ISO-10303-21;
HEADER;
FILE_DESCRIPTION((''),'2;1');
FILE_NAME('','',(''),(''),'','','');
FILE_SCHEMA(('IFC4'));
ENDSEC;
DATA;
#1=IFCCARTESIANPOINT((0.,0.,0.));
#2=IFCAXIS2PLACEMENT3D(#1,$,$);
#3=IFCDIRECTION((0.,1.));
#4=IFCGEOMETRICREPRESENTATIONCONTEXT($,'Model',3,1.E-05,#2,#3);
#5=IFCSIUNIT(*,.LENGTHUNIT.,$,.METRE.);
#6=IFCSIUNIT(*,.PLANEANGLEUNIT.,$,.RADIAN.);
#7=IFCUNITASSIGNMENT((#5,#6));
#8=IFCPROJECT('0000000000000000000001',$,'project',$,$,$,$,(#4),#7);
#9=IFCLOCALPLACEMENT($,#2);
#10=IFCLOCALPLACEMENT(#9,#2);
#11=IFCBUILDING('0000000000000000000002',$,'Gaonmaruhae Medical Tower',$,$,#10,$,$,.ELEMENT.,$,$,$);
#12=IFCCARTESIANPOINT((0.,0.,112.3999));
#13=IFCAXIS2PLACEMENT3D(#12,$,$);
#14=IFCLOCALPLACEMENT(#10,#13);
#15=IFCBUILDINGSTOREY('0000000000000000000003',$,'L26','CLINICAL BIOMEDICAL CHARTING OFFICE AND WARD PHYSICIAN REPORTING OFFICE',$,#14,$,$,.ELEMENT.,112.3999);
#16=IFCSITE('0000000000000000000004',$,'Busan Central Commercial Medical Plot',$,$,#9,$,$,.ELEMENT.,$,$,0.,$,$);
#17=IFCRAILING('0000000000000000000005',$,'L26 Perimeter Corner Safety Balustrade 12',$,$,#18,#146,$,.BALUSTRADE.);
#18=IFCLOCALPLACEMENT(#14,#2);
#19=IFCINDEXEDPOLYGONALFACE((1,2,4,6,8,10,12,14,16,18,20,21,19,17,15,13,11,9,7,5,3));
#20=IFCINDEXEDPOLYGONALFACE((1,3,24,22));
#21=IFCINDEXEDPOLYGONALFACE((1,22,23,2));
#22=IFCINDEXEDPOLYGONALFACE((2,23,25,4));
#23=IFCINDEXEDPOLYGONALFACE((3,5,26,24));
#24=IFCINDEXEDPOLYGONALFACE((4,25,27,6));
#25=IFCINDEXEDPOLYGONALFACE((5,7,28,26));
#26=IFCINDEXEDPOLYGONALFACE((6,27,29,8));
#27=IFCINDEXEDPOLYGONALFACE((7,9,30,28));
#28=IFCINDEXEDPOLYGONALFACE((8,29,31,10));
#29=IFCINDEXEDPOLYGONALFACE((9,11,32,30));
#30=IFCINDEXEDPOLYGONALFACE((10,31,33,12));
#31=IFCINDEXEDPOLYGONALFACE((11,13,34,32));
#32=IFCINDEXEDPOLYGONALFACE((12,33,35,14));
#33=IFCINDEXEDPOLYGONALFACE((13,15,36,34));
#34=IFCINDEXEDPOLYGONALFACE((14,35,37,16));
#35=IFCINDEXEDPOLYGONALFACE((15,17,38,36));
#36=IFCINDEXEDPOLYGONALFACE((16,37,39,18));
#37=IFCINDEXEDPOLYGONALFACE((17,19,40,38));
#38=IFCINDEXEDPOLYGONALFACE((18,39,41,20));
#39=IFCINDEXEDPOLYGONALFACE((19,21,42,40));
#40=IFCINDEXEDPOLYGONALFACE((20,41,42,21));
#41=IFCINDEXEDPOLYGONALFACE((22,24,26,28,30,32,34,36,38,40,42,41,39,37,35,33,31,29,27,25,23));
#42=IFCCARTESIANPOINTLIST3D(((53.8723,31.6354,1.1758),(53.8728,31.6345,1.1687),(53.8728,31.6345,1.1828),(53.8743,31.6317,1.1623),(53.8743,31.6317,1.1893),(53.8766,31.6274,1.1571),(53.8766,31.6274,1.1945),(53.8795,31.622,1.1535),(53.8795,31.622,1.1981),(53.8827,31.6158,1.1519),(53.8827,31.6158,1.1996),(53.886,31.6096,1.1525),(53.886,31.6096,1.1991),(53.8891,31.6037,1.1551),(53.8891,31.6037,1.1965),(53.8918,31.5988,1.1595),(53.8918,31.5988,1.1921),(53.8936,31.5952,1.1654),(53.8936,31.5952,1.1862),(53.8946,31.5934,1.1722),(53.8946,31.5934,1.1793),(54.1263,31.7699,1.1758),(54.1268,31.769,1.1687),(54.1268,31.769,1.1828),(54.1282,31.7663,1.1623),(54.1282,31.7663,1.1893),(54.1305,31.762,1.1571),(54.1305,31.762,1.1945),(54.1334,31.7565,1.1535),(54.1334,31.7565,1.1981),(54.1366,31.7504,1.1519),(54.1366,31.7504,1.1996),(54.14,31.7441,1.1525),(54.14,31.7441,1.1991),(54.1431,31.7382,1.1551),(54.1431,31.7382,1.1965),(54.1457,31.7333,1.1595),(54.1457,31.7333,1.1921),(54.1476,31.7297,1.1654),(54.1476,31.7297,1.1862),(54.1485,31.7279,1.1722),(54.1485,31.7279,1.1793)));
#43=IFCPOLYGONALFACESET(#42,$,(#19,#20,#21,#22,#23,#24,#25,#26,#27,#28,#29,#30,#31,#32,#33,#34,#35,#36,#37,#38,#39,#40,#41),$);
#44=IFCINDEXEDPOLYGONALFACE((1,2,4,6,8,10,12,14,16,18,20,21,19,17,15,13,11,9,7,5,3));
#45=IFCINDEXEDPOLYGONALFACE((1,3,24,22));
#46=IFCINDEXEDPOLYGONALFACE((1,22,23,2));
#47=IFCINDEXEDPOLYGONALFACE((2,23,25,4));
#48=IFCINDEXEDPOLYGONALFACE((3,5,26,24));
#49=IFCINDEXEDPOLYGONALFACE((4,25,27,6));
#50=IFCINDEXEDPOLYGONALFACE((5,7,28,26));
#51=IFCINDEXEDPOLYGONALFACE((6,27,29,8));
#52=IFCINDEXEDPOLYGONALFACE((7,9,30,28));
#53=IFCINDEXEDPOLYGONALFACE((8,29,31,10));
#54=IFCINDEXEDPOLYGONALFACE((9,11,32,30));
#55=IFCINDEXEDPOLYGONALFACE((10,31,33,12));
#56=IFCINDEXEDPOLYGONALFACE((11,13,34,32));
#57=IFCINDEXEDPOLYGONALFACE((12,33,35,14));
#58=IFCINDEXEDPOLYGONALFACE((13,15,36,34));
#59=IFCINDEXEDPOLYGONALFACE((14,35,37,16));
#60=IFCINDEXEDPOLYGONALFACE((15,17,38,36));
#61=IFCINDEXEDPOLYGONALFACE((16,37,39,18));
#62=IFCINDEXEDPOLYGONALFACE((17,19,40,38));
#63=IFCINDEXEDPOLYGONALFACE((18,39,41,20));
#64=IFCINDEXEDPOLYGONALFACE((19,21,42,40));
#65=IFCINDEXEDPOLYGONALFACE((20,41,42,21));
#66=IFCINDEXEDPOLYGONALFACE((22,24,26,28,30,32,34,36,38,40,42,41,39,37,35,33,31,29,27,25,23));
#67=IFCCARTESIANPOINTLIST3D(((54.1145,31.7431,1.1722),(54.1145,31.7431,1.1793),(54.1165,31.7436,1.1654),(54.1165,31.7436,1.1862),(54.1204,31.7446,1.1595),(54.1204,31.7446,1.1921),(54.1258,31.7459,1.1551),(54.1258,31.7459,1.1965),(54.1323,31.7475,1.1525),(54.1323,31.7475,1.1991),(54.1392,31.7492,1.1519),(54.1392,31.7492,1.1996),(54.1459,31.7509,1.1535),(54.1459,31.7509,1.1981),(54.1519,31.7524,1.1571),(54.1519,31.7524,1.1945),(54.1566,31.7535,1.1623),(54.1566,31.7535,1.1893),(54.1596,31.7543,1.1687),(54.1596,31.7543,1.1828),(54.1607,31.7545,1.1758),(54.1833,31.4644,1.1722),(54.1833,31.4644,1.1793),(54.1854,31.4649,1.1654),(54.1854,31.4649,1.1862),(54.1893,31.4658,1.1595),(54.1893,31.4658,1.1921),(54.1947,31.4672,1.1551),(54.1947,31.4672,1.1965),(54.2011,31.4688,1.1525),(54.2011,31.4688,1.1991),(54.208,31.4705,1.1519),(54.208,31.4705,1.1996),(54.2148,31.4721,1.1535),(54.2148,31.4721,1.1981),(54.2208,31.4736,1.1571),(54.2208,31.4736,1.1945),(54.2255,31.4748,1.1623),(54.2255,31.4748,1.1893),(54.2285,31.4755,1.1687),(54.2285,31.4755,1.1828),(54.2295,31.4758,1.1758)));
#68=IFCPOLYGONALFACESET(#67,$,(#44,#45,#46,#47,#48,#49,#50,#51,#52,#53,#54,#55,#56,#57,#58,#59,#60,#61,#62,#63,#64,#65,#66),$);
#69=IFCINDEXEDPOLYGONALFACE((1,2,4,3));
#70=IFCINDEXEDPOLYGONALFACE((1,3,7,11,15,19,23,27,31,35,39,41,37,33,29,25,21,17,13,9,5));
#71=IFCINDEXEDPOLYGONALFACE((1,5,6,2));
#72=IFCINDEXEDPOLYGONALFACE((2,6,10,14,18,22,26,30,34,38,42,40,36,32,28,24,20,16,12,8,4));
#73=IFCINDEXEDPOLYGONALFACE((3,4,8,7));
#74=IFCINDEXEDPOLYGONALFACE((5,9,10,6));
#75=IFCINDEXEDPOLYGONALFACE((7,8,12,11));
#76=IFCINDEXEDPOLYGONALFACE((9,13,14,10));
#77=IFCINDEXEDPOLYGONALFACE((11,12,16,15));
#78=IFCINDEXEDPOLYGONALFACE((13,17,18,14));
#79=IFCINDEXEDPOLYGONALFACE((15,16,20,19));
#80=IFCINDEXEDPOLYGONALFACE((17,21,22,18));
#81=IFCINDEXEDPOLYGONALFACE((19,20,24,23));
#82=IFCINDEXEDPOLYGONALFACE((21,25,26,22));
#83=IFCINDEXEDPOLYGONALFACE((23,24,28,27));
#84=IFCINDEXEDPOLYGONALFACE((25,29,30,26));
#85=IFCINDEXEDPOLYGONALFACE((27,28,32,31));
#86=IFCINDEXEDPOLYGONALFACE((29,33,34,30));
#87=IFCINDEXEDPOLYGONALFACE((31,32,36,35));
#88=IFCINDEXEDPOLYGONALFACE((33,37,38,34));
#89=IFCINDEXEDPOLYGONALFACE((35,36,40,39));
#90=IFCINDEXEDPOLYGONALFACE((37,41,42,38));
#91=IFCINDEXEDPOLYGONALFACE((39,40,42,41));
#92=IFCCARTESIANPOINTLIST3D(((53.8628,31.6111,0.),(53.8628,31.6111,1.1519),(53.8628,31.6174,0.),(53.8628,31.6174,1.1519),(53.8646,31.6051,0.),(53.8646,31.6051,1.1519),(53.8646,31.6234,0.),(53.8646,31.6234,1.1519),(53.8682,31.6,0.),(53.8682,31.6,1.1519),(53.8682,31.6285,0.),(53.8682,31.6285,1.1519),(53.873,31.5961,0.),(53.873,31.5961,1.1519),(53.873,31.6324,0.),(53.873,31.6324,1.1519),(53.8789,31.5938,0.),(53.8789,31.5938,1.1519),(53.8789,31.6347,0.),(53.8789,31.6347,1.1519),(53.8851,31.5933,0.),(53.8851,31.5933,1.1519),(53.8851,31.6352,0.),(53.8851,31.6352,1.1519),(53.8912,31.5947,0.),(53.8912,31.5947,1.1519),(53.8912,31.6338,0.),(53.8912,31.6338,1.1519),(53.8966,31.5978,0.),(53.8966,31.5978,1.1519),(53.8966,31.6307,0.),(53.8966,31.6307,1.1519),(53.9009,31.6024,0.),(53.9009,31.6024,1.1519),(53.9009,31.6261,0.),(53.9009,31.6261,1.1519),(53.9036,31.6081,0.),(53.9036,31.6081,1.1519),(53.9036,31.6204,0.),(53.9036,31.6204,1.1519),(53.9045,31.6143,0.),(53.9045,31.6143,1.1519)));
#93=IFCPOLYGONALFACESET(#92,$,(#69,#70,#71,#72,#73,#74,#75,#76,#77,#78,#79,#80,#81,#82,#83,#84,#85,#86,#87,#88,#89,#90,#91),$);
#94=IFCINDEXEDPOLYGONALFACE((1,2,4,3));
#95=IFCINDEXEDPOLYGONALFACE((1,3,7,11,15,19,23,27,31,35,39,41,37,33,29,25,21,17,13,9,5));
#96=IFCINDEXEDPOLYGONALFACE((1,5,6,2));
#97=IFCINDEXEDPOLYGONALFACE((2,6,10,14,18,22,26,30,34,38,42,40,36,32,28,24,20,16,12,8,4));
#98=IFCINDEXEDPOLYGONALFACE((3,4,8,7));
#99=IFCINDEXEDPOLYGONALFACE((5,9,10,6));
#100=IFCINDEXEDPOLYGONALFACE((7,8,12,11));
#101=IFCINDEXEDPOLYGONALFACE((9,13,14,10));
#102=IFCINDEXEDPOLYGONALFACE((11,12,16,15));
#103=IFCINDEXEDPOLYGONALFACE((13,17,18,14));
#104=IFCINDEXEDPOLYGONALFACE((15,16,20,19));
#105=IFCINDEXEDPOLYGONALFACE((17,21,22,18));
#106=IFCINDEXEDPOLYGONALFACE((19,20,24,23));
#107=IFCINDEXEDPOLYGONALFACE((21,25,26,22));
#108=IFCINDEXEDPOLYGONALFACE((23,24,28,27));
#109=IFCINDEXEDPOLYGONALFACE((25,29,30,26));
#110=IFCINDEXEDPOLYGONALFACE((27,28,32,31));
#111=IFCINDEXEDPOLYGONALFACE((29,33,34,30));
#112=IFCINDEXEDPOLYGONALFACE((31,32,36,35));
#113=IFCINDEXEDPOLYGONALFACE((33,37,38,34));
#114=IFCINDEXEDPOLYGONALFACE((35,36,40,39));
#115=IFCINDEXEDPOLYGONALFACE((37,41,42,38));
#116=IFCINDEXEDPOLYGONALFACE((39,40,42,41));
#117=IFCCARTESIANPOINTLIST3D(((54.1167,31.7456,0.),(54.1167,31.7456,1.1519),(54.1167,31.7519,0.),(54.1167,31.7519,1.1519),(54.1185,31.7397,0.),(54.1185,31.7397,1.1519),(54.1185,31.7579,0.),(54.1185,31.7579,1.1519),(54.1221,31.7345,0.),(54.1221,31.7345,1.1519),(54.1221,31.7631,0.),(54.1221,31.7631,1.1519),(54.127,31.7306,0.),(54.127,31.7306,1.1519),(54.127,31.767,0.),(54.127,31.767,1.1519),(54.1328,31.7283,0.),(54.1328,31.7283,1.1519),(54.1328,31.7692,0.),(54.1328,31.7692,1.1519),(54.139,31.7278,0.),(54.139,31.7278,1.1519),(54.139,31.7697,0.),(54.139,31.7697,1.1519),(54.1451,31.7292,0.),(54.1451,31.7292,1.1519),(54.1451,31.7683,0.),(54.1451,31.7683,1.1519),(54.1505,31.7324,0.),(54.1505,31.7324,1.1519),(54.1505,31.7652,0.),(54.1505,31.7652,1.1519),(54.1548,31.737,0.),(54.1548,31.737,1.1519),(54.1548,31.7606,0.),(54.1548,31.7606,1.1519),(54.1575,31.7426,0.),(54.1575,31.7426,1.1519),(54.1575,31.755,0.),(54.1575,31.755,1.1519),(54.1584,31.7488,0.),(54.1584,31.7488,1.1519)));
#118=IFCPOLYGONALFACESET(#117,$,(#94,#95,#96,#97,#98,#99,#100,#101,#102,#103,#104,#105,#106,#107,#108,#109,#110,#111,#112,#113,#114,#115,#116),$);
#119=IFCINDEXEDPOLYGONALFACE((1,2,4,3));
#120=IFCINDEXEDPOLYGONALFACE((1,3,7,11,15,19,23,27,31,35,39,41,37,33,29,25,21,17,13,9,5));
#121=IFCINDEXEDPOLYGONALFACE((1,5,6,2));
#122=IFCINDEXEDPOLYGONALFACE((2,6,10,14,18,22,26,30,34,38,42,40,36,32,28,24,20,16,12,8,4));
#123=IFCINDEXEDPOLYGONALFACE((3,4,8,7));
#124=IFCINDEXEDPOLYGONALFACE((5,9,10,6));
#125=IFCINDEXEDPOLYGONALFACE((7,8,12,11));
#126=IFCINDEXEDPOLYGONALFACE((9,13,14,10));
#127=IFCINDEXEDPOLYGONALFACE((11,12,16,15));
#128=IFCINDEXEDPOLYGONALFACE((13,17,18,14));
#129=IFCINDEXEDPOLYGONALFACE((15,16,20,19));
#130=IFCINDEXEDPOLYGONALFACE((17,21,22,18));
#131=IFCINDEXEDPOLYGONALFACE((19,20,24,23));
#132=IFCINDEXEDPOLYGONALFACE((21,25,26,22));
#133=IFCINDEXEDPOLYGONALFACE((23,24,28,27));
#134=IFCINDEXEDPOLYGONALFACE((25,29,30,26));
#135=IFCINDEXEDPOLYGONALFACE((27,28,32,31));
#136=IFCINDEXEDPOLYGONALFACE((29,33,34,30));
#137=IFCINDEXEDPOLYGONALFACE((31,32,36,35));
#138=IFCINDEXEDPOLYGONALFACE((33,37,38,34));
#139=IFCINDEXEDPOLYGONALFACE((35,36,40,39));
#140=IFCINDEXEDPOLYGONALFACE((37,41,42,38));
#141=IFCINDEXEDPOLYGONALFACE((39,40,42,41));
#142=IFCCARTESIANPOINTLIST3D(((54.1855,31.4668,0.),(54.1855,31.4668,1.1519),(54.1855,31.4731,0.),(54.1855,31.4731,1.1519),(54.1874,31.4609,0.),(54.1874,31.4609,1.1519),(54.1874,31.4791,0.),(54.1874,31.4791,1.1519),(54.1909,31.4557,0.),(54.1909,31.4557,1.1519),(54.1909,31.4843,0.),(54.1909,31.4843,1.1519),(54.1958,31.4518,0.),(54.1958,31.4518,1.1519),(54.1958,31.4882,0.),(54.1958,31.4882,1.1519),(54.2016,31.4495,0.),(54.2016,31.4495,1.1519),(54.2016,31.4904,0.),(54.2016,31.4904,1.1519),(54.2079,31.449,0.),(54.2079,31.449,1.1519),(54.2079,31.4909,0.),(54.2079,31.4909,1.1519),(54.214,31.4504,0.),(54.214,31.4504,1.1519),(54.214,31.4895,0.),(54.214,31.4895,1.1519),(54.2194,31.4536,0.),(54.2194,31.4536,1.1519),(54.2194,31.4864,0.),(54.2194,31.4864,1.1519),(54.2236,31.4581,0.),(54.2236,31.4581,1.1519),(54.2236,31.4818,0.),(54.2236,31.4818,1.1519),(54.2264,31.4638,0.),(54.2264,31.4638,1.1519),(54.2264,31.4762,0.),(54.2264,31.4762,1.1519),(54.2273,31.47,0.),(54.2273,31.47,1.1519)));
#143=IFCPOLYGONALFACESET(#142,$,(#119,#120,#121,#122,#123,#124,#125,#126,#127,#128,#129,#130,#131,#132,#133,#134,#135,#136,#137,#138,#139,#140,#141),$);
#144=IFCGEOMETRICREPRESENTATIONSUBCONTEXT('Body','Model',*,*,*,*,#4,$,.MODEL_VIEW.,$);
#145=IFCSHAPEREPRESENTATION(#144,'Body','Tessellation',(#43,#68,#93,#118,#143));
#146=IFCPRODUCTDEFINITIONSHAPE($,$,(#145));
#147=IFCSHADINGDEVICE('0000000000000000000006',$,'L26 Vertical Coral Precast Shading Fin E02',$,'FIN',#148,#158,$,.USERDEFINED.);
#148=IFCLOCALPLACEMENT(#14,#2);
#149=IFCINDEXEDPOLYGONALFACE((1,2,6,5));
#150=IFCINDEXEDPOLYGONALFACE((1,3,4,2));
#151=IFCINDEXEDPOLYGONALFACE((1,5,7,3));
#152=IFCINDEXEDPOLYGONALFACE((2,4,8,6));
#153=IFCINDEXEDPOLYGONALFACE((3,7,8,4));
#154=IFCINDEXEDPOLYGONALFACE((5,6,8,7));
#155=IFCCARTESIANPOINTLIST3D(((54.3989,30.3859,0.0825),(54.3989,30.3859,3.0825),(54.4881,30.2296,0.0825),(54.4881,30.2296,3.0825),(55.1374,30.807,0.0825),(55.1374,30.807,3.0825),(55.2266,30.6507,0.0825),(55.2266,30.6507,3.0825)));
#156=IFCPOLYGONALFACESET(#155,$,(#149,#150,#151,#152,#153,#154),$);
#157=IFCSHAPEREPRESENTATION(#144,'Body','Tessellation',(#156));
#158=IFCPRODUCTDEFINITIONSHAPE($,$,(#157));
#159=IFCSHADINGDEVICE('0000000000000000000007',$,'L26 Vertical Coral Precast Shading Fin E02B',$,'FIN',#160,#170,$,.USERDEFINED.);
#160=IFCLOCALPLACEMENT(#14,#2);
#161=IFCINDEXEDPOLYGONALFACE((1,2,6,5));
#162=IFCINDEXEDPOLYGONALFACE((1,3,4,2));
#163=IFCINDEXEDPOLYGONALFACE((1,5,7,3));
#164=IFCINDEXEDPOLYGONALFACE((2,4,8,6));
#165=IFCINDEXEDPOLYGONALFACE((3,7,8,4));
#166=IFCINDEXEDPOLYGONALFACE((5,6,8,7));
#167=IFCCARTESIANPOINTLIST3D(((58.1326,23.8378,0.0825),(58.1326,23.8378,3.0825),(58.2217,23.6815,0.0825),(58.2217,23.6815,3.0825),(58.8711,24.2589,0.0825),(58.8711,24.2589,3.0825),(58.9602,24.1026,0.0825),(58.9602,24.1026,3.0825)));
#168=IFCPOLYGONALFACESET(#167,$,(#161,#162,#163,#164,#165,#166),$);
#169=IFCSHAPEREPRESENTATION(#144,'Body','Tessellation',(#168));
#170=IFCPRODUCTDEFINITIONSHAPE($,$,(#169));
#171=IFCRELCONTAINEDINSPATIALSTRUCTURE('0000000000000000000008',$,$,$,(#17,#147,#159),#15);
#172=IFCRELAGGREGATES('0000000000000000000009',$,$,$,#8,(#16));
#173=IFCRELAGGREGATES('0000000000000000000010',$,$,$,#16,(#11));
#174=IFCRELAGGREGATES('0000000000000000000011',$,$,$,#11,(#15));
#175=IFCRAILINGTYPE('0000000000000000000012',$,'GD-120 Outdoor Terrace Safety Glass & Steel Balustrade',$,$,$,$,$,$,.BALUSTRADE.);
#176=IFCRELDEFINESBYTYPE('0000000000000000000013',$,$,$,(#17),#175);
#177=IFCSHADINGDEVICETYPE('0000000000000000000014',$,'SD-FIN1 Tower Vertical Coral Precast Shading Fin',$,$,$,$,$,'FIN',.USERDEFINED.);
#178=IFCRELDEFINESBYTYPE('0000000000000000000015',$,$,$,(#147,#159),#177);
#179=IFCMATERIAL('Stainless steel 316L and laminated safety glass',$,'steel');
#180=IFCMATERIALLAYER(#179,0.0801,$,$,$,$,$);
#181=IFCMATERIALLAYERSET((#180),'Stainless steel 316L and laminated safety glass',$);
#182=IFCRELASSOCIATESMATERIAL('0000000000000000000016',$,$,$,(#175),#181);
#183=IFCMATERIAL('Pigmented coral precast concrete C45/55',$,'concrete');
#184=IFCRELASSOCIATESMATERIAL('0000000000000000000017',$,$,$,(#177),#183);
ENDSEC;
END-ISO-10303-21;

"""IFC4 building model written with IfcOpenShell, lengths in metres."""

from ifc_helpers import new_model, si_unit, direction, frame, origin, origin_2d, place, context, subcontext, project, spatial, rectangle, circle, extrude, material, layer, layer_set, type_object, element, save


model = new_model("IFC4")

# Units and contexts
model_context = context("Model", 3, precision=1e-05, world=origin(), true_north=direction((0.0, 1.0)))
body_context = subcontext(model_context, "Body", "Model", "MODEL_VIEW")
ifc_project = project(units=[si_unit("LENGTHUNIT", "METRE"), si_unit("PLANEANGLEUNIT", "RADIAN")], contexts=[model_context])

# Site, building, storey
site_placement = place(None, origin())
site = spatial("IfcSite", under=ifc_project, at=site_placement, Name="Busan Central Commercial Medical Plot", CompositionType="ELEMENT", RefElevation=0.0)
building_placement = place(site_placement, origin())
building = spatial("IfcBuilding", under=site, at=building_placement, Name="Gaonmaruhae Medical Tower", CompositionType="ELEMENT")
storey_placement = place(building_placement, frame((0.0, 0.0, 112.3999)))
storey = spatial("IfcBuildingStorey", under=building, at=storey_placement, Name="L26", Description="CLINICAL BIOMEDICAL CHARTING OFFICE AND WARD PHYSICIAN REPORTING OFFICE", CompositionType="ELEMENT", Elevation=112.3999)

# Railing
ifc_material_1 = material(Name="Stainless steel 316L and laminated safety glass", Category="steel")
ifc_layer_1 = layer(ifc_material_1, 0.0801)
ifc_layer_set_1 = layer_set([ifc_layer_1], Name="Stainless steel 316L and laminated safety glass")
railing_type = type_object("IfcRailingType", Name="GD-120 Outdoor Terrace Safety Glass & Steel Balustrade", PredefinedType="BALUSTRADE", material=ifc_layer_set_1)
railing_1_placement = place(storey_placement, frame((53.8835, 31.6143, 0.0)))
element("IfcRailing", 1, at=railing_1_placement, inside=storey, type_object=railing_type, Name="L26 Perimeter Corner Safety Balustrade 12", PredefinedType="BALUSTRADE", context=body_context, shape_type="SweptSolid", body=[
    extrude(circle(Radius=0.0239, at=origin_2d()), frame((0.0, 0.0, 1.1758), z_axis=(0.883643, 0.468161, 0.0), x_axis=(-0.468161, 0.883643, 0.0)), (0.0, 0.0, 1.0), 0.2874),
    extrude(circle(Radius=0.0239, at=origin_2d()), frame((0.2539, 0.1345, 1.1758), z_axis=(0.239734, -0.970839, 0.0), x_axis=(0.970839, 0.239734, 0.0)), (0.0, 0.0, 1.0), 0.2871),
    extrude(circle(Radius=0.021, at=origin_2d()), origin(), (0.0, 0.0, 1.0), 1.1519),
    extrude(circle(Radius=0.021, at=origin_2d()), frame((0.2539, 0.1345, 0.0)), (0.0, 0.0, 1.0), 1.1519),
    extrude(circle(Radius=0.021, at=origin_2d()), frame((0.3228, -0.1443, 0.0)), (0.0, 0.0, 1.0), 1.1519),
])

# Shading devices
ifc_material_2 = material(Name="Pigmented coral precast concrete C45/55", Category="concrete")
shading_device_type = type_object("IfcShadingDeviceType", Name="SD-FIN1 Tower Vertical Coral Precast Shading Fin", ElementType="FIN", PredefinedType="USERDEFINED", material=ifc_material_2)
for number, where, z_axis, x_axis, name in (
    (2, (54.8127, 30.5183, 0.0825), (0.0, 0.0, 1.0), (0.495322, -0.868709, 0.0), "L26 Vertical Coral Precast Shading Fin E02"),
    (3, (58.5464, 23.9702, 0.0825), (0.0, 0.0, 1.0), (0.495322, -0.868709, 0.0), "L26 Vertical Coral Precast Shading Fin E02B"),
):
    element("IfcShadingDevice", number, at=place(storey_placement, frame(where, z_axis=z_axis, x_axis=x_axis)), inside=storey, type_object=shading_device_type, Name=name, ObjectType="FIN", PredefinedType="USERDEFINED", context=body_context, shape_type="SweptSolid", body=[
        extrude(rectangle(XDim=0.1799, YDim=0.8501, at=origin_2d()), origin(), (0.0, 0.0, 1.0), 3.0),
    ])

save(model, "model.ifc")
